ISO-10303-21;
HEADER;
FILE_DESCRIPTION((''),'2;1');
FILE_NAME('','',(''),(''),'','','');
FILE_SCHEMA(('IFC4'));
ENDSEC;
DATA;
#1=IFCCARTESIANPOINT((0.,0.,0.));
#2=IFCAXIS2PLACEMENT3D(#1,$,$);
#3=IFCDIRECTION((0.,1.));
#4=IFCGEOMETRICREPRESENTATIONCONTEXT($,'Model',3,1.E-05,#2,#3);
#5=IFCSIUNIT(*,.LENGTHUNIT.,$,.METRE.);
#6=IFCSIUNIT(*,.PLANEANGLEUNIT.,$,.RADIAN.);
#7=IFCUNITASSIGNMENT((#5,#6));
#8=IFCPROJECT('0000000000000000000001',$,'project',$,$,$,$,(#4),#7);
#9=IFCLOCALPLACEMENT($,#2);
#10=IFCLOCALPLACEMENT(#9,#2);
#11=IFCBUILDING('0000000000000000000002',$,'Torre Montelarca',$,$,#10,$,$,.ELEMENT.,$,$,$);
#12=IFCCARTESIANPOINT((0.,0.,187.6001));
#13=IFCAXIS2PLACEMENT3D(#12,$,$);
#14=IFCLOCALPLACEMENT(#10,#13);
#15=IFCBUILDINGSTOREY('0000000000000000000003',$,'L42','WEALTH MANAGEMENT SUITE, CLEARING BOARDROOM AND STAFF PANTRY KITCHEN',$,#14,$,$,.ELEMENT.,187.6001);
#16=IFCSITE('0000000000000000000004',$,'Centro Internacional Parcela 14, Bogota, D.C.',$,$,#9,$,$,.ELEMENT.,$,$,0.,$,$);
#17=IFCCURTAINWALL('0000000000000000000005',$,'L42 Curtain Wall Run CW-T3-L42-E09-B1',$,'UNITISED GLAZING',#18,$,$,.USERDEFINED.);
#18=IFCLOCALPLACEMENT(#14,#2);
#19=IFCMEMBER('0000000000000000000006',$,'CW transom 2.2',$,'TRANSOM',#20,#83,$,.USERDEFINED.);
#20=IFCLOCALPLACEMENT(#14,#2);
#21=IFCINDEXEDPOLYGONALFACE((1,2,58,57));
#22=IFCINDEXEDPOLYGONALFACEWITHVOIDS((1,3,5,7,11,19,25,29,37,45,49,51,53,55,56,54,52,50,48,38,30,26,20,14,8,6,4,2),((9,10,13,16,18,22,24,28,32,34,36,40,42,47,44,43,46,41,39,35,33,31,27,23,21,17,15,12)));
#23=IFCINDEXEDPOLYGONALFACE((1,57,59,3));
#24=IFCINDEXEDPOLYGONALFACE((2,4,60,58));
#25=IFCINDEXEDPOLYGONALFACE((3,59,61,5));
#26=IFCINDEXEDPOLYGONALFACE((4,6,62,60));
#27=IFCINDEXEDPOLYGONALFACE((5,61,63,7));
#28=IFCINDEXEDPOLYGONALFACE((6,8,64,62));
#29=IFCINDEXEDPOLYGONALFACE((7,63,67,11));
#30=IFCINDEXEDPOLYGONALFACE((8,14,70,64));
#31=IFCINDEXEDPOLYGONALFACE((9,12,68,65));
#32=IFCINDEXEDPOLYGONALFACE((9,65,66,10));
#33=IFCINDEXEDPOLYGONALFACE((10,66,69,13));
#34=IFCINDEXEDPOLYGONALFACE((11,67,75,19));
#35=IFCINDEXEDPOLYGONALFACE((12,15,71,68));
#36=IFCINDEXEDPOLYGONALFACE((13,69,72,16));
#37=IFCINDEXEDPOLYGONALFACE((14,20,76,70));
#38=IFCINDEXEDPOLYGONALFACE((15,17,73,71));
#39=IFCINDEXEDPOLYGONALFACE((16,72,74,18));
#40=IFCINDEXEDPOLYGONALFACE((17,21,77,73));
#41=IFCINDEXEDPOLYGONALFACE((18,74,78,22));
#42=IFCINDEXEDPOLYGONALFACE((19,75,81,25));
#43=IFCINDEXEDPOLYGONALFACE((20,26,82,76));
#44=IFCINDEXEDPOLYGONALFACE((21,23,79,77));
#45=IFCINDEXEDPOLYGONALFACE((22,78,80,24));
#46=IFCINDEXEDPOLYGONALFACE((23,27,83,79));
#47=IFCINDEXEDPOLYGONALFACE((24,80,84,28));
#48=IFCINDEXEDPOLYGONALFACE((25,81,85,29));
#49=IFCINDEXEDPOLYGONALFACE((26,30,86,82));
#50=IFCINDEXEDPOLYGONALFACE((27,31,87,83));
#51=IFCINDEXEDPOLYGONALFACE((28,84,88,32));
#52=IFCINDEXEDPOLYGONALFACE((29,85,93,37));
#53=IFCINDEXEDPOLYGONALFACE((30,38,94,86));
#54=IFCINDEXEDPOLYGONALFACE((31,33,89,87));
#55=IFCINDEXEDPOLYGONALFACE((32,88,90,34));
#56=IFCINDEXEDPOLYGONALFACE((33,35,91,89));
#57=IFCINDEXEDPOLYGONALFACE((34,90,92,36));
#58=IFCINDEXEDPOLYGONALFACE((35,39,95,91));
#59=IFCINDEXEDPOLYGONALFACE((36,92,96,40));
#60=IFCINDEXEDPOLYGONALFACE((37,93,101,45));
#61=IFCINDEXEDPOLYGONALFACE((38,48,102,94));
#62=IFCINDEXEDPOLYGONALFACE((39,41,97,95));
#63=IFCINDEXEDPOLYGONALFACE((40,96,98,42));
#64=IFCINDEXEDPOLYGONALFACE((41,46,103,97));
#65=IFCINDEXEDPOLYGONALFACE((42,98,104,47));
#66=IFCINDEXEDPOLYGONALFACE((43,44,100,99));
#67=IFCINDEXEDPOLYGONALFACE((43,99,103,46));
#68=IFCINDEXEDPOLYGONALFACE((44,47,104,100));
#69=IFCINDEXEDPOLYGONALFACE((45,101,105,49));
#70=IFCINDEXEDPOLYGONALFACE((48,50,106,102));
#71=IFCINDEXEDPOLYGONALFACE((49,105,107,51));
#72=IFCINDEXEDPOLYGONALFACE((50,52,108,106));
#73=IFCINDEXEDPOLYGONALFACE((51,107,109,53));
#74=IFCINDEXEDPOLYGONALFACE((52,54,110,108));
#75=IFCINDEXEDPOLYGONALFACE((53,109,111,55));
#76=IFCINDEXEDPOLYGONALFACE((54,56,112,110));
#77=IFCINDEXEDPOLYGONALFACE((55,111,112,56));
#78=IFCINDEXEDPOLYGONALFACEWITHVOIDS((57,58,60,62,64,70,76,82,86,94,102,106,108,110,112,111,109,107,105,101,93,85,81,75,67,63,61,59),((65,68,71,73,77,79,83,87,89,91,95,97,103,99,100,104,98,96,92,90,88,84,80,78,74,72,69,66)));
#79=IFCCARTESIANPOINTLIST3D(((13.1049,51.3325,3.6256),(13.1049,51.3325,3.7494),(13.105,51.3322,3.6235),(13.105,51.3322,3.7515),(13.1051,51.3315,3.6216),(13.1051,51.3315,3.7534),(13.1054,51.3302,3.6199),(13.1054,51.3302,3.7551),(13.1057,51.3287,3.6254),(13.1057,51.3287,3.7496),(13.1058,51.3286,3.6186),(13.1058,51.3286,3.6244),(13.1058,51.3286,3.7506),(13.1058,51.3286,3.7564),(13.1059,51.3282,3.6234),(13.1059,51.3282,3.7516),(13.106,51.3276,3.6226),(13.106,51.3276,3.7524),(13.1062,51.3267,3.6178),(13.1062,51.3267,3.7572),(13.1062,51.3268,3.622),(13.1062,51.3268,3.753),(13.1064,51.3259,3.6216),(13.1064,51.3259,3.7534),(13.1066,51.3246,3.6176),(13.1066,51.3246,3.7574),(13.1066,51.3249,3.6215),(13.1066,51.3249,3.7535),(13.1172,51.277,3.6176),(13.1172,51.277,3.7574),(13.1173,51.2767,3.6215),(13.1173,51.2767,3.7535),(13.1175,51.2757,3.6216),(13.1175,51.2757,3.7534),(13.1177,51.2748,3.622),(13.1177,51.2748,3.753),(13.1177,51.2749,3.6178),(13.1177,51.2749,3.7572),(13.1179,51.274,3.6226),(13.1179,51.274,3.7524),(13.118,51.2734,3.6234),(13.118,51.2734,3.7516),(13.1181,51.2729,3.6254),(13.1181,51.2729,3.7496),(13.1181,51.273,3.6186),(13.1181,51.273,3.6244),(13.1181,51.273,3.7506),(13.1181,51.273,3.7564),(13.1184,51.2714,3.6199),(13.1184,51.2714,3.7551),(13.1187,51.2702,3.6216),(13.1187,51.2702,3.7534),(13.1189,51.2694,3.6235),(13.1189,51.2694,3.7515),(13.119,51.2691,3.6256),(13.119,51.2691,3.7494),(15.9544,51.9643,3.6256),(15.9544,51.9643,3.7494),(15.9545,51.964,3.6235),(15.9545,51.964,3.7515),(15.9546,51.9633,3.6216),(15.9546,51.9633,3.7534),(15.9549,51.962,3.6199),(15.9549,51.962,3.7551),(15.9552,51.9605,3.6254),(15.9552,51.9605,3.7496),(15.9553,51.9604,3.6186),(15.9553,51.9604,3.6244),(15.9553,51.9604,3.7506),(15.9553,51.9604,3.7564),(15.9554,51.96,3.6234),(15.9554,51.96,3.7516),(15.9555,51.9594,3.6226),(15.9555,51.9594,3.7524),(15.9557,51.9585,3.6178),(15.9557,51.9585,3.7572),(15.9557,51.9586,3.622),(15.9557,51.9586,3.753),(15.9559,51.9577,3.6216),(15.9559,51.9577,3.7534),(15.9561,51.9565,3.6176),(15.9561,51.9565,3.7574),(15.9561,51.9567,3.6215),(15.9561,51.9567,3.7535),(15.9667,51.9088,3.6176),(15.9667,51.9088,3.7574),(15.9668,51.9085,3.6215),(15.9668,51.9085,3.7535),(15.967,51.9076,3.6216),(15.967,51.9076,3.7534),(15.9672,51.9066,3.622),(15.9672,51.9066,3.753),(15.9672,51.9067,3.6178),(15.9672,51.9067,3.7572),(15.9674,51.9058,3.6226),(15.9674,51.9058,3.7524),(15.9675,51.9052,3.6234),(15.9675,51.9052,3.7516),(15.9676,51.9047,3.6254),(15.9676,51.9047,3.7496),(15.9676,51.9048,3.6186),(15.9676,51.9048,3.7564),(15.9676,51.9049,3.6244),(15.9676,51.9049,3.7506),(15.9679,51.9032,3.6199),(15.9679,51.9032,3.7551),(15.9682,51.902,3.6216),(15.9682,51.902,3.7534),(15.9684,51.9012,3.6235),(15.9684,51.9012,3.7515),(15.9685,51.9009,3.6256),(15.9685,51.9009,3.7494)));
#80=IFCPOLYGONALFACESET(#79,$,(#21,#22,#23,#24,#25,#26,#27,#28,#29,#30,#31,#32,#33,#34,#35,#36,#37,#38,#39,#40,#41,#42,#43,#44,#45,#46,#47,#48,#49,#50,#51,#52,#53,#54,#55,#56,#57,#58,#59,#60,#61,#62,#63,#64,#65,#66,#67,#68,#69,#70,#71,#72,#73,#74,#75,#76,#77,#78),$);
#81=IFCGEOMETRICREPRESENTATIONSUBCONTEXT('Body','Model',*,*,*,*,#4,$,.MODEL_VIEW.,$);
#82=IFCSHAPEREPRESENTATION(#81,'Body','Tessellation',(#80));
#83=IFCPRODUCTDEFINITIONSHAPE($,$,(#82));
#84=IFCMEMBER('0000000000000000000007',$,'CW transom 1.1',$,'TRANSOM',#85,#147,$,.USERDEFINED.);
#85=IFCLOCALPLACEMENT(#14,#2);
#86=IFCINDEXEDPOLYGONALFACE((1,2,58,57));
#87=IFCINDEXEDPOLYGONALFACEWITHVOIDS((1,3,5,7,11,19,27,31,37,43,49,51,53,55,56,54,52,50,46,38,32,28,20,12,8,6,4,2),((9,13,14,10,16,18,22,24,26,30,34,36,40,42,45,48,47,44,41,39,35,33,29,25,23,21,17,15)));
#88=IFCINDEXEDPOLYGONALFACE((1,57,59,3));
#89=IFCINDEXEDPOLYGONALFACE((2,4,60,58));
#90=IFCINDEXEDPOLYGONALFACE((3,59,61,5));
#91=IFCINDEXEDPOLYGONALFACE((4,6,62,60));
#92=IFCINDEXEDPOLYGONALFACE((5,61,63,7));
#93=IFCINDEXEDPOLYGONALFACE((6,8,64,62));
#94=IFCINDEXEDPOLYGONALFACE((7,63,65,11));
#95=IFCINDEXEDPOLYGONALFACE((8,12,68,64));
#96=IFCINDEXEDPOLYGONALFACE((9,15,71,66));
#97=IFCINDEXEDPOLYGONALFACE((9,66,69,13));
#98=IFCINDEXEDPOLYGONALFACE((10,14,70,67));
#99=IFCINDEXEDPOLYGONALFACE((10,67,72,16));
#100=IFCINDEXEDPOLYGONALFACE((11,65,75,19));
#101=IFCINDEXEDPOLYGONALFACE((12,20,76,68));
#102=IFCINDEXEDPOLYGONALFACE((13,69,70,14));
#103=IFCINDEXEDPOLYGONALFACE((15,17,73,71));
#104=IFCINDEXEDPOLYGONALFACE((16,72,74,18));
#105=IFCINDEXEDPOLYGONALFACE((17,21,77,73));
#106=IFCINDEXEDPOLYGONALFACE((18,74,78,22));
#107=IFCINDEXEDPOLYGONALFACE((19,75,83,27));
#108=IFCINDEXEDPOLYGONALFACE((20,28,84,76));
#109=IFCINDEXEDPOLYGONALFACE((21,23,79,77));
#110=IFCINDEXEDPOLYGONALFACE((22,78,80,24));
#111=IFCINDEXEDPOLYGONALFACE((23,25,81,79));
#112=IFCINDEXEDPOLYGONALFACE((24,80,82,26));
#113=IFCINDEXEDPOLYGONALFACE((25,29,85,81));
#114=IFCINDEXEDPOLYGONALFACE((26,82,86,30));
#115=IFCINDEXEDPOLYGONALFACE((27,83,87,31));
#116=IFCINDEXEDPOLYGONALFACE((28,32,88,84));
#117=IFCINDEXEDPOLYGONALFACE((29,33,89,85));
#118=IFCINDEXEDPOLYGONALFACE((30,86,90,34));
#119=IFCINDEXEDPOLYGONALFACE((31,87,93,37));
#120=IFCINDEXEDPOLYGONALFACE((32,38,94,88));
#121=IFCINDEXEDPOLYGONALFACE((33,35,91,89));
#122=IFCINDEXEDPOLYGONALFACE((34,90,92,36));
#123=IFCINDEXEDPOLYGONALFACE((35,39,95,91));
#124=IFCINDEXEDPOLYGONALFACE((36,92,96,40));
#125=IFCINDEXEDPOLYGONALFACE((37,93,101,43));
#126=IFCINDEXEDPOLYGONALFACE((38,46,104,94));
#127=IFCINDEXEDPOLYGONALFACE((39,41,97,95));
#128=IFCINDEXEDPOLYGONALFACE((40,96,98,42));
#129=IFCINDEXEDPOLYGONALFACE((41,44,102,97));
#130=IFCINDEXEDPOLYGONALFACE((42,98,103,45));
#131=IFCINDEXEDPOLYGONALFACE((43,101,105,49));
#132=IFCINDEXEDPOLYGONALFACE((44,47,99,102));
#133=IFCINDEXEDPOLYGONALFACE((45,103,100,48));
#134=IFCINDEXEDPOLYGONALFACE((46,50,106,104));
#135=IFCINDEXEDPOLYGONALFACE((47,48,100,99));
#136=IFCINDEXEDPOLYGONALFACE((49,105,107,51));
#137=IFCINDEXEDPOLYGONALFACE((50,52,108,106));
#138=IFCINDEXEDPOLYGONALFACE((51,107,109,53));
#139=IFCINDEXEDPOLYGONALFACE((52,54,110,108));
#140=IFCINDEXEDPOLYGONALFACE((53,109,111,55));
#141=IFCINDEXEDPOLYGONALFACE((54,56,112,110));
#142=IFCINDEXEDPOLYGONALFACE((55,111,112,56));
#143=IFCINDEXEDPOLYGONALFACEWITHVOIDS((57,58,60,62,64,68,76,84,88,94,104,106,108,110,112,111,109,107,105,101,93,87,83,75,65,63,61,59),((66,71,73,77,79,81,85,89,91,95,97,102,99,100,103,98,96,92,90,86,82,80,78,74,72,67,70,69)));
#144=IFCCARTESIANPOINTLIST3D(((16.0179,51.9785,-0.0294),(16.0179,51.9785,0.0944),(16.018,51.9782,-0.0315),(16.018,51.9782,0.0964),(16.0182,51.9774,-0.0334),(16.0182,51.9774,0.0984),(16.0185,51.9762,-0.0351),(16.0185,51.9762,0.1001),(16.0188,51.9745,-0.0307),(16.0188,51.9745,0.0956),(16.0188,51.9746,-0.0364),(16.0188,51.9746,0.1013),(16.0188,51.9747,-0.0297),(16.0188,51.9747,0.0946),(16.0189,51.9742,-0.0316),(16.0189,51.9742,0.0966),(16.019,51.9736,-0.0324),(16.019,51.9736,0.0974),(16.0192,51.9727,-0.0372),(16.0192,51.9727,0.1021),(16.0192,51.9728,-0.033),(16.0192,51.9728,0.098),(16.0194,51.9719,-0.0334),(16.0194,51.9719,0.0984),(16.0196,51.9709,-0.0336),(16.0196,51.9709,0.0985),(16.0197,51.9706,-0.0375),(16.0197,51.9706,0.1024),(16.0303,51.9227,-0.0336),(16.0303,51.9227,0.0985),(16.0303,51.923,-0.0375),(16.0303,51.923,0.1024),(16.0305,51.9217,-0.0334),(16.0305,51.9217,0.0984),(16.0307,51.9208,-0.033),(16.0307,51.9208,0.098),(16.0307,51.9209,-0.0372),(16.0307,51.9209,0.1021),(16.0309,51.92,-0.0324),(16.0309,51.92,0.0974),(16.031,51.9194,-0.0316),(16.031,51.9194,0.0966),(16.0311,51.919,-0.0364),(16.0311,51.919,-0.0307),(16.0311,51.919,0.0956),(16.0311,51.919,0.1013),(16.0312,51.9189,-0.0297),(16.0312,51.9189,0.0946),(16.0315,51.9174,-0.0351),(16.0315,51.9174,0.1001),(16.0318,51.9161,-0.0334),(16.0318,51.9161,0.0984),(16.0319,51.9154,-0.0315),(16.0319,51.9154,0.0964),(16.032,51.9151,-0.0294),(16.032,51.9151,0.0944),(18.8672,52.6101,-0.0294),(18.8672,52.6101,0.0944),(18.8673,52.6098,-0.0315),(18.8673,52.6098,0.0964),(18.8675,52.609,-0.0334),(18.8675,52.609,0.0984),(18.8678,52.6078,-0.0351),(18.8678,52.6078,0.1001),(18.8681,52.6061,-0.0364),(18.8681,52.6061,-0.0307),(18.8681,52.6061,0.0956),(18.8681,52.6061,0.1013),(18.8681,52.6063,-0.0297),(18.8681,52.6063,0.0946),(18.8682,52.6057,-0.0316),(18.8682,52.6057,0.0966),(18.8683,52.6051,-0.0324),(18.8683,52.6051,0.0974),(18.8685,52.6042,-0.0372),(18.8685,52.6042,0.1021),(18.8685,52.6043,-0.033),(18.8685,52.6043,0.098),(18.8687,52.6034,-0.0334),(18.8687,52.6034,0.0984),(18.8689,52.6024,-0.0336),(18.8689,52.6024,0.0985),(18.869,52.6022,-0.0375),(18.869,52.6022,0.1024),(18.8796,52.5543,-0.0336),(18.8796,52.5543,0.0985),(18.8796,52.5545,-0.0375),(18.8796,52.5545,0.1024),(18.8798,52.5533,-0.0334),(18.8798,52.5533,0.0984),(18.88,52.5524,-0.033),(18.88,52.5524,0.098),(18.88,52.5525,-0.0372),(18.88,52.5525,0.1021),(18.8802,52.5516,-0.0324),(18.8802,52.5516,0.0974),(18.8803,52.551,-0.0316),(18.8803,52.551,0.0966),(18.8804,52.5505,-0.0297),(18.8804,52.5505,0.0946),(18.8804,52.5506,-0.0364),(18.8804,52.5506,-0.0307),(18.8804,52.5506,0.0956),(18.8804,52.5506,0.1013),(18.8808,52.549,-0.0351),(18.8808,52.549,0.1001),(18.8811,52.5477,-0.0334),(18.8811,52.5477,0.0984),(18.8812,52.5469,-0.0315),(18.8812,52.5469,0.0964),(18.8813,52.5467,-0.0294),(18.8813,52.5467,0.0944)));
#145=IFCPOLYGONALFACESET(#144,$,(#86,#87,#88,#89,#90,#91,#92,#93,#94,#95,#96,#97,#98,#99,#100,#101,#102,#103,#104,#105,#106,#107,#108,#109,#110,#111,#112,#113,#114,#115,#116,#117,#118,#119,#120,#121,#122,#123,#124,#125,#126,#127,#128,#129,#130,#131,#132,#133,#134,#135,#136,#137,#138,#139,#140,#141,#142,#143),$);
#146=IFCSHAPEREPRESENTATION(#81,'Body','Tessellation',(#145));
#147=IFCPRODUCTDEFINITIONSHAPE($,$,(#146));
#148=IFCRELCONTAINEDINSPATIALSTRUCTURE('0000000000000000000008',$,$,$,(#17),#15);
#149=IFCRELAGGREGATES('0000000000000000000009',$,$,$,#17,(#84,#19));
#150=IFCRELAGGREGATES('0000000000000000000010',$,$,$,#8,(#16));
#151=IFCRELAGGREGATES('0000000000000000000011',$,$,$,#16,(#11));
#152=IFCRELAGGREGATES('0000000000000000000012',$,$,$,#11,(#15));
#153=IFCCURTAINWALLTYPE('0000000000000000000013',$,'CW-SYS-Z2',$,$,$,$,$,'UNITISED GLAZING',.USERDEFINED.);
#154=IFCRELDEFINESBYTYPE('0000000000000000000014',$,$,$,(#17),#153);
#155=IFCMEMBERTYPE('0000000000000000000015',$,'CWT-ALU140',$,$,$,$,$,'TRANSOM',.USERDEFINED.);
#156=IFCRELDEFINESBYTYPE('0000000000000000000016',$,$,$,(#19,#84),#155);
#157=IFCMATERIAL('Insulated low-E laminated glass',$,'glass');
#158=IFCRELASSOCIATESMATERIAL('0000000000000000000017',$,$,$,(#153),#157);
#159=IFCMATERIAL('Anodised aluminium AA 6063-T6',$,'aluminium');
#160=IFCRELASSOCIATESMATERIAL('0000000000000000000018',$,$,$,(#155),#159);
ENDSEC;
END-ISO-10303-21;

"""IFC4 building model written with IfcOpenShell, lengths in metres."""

from ifc_helpers import new_model, si_unit, direction, frame, origin, origin_2d, place, context, subcontext, project, spatial, hollow_rectangle, extrude, source, transform, mapped, material, material_profile, profile_set, type_object, element, aggregate, save


model = new_model("IFC4")

# Units and contexts
model_context = context("Model", 3, precision=1e-05, world=origin(), true_north=direction((0.0, 1.0)))
body_context = subcontext(model_context, "Body", "Model", "MODEL_VIEW")
ifc_project = project(units=[si_unit("LENGTHUNIT", "METRE"), si_unit("PLANEANGLEUNIT", "RADIAN")], contexts=[model_context])

# Site, building, storey
site_placement = place(None, origin())
site = spatial("IfcSite", under=ifc_project, at=site_placement, Name="Centro Internacional Parcela 14, Bogota, D.C.", CompositionType="ELEMENT", RefElevation=0.0)
building_placement = place(site_placement, origin())
building = spatial("IfcBuilding", under=site, at=building_placement, Name="Torre Montelarca", CompositionType="ELEMENT")
storey_placement = place(building_placement, frame((0.0, 0.0, 187.6001)))
storey = spatial("IfcBuildingStorey", under=building, at=storey_placement, Name="L42", Description="WEALTH MANAGEMENT SUITE, CLEARING BOARDROOM AND STAFF PANTRY KITCHEN", CompositionType="ELEMENT", Elevation=187.6001)

# Curtain wall, members
ifc_material_1 = material(Name="Insulated low-E laminated glass", Category="glass")
curtain_wall_type = type_object("IfcCurtainWallType", Name="CW-SYS-Z2", ElementType="UNITISED GLAZING", PredefinedType="USERDEFINED", material=ifc_material_1)
curtain_wall_1_placement = place(storey_placement, origin())
curtain_wall_1 = element("IfcCurtainWall", 1, at=curtain_wall_1_placement, inside=storey, type_object=curtain_wall_type, Name="L42 Curtain Wall Run CW-T3-L42-E09-B1", ObjectType="UNITISED GLAZING", PredefinedType="USERDEFINED")
ifc_material_2 = material(Name="Anodised aluminium AA 6063-T6", Category="aluminium")
ifc_material_profile_1 = material_profile(ifc_material_2, hollow_rectangle(XDim=0.0649, YDim=0.1399, WallThickness=0.0039, InnerFilletRadius=0.0039, OuterFilletRadius=0.0081, at=origin_2d()), Name="ALU65X140X4", Category="aluminium")
ifc_profile_set_1 = profile_set([ifc_material_profile_1], Name="Anodised aluminium AA 6063-T6")
member_type_1 = type_object("IfcMemberType", Name="CWT-ALU140", ElementType="TRANSOM", PredefinedType="USERDEFINED", material=ifc_profile_set_1)
shared_shape_1 = source(origin(), body_context, "Body", "SweptSolid", [
    extrude(hollow_rectangle(XDim=0.0649, YDim=0.1399, WallThickness=0.0039, InnerFilletRadius=0.0039, OuterFilletRadius=0.0081, at=origin_2d()), origin(), (0.0, 0.0, 1.0), 2.9187),
])
member_1_placement = place(storey_placement, frame((15.9614, 51.9326, 3.6875), z_axis=(-0.976289, -0.21647, 0.0), x_axis=(0.21647, -0.976289, 0.0)))
member_1 = element("IfcMember", 2, at=member_1_placement, type_object=member_type_1, Name="CW transom 2.2", ObjectType="TRANSOM", PredefinedType="USERDEFINED", context=body_context, shape_type="MappedRepresentation", body=[
    mapped(shared_shape_1, transform((0.0, 0.0, 0.0), scale=1.0)),
])
shared_shape_2 = source(origin(), body_context, "Body", "SweptSolid", [
    extrude(hollow_rectangle(XDim=0.0649, YDim=0.1399, WallThickness=0.0039, InnerFilletRadius=0.0039, OuterFilletRadius=0.0081, at=origin_2d()), origin(), (0.0, 0.0, 1.0), 2.9185),
])
member_2_placement = place(storey_placement, frame((18.8743, 52.5784, 0.0325), z_axis=(-0.976303, -0.216408, 0.0), x_axis=(0.216408, -0.976303, 0.0)))
member_2 = element("IfcMember", 3, at=member_2_placement, type_object=member_type_1, Name="CW transom 1.1", ObjectType="TRANSOM", PredefinedType="USERDEFINED", context=body_context, shape_type="MappedRepresentation", body=[
    mapped(shared_shape_2, transform((0.0, 0.0, 0.0), scale=1.0)),
])

aggregate(curtain_wall_1, [member_2, member_1])

save(model, "model.ifc")
